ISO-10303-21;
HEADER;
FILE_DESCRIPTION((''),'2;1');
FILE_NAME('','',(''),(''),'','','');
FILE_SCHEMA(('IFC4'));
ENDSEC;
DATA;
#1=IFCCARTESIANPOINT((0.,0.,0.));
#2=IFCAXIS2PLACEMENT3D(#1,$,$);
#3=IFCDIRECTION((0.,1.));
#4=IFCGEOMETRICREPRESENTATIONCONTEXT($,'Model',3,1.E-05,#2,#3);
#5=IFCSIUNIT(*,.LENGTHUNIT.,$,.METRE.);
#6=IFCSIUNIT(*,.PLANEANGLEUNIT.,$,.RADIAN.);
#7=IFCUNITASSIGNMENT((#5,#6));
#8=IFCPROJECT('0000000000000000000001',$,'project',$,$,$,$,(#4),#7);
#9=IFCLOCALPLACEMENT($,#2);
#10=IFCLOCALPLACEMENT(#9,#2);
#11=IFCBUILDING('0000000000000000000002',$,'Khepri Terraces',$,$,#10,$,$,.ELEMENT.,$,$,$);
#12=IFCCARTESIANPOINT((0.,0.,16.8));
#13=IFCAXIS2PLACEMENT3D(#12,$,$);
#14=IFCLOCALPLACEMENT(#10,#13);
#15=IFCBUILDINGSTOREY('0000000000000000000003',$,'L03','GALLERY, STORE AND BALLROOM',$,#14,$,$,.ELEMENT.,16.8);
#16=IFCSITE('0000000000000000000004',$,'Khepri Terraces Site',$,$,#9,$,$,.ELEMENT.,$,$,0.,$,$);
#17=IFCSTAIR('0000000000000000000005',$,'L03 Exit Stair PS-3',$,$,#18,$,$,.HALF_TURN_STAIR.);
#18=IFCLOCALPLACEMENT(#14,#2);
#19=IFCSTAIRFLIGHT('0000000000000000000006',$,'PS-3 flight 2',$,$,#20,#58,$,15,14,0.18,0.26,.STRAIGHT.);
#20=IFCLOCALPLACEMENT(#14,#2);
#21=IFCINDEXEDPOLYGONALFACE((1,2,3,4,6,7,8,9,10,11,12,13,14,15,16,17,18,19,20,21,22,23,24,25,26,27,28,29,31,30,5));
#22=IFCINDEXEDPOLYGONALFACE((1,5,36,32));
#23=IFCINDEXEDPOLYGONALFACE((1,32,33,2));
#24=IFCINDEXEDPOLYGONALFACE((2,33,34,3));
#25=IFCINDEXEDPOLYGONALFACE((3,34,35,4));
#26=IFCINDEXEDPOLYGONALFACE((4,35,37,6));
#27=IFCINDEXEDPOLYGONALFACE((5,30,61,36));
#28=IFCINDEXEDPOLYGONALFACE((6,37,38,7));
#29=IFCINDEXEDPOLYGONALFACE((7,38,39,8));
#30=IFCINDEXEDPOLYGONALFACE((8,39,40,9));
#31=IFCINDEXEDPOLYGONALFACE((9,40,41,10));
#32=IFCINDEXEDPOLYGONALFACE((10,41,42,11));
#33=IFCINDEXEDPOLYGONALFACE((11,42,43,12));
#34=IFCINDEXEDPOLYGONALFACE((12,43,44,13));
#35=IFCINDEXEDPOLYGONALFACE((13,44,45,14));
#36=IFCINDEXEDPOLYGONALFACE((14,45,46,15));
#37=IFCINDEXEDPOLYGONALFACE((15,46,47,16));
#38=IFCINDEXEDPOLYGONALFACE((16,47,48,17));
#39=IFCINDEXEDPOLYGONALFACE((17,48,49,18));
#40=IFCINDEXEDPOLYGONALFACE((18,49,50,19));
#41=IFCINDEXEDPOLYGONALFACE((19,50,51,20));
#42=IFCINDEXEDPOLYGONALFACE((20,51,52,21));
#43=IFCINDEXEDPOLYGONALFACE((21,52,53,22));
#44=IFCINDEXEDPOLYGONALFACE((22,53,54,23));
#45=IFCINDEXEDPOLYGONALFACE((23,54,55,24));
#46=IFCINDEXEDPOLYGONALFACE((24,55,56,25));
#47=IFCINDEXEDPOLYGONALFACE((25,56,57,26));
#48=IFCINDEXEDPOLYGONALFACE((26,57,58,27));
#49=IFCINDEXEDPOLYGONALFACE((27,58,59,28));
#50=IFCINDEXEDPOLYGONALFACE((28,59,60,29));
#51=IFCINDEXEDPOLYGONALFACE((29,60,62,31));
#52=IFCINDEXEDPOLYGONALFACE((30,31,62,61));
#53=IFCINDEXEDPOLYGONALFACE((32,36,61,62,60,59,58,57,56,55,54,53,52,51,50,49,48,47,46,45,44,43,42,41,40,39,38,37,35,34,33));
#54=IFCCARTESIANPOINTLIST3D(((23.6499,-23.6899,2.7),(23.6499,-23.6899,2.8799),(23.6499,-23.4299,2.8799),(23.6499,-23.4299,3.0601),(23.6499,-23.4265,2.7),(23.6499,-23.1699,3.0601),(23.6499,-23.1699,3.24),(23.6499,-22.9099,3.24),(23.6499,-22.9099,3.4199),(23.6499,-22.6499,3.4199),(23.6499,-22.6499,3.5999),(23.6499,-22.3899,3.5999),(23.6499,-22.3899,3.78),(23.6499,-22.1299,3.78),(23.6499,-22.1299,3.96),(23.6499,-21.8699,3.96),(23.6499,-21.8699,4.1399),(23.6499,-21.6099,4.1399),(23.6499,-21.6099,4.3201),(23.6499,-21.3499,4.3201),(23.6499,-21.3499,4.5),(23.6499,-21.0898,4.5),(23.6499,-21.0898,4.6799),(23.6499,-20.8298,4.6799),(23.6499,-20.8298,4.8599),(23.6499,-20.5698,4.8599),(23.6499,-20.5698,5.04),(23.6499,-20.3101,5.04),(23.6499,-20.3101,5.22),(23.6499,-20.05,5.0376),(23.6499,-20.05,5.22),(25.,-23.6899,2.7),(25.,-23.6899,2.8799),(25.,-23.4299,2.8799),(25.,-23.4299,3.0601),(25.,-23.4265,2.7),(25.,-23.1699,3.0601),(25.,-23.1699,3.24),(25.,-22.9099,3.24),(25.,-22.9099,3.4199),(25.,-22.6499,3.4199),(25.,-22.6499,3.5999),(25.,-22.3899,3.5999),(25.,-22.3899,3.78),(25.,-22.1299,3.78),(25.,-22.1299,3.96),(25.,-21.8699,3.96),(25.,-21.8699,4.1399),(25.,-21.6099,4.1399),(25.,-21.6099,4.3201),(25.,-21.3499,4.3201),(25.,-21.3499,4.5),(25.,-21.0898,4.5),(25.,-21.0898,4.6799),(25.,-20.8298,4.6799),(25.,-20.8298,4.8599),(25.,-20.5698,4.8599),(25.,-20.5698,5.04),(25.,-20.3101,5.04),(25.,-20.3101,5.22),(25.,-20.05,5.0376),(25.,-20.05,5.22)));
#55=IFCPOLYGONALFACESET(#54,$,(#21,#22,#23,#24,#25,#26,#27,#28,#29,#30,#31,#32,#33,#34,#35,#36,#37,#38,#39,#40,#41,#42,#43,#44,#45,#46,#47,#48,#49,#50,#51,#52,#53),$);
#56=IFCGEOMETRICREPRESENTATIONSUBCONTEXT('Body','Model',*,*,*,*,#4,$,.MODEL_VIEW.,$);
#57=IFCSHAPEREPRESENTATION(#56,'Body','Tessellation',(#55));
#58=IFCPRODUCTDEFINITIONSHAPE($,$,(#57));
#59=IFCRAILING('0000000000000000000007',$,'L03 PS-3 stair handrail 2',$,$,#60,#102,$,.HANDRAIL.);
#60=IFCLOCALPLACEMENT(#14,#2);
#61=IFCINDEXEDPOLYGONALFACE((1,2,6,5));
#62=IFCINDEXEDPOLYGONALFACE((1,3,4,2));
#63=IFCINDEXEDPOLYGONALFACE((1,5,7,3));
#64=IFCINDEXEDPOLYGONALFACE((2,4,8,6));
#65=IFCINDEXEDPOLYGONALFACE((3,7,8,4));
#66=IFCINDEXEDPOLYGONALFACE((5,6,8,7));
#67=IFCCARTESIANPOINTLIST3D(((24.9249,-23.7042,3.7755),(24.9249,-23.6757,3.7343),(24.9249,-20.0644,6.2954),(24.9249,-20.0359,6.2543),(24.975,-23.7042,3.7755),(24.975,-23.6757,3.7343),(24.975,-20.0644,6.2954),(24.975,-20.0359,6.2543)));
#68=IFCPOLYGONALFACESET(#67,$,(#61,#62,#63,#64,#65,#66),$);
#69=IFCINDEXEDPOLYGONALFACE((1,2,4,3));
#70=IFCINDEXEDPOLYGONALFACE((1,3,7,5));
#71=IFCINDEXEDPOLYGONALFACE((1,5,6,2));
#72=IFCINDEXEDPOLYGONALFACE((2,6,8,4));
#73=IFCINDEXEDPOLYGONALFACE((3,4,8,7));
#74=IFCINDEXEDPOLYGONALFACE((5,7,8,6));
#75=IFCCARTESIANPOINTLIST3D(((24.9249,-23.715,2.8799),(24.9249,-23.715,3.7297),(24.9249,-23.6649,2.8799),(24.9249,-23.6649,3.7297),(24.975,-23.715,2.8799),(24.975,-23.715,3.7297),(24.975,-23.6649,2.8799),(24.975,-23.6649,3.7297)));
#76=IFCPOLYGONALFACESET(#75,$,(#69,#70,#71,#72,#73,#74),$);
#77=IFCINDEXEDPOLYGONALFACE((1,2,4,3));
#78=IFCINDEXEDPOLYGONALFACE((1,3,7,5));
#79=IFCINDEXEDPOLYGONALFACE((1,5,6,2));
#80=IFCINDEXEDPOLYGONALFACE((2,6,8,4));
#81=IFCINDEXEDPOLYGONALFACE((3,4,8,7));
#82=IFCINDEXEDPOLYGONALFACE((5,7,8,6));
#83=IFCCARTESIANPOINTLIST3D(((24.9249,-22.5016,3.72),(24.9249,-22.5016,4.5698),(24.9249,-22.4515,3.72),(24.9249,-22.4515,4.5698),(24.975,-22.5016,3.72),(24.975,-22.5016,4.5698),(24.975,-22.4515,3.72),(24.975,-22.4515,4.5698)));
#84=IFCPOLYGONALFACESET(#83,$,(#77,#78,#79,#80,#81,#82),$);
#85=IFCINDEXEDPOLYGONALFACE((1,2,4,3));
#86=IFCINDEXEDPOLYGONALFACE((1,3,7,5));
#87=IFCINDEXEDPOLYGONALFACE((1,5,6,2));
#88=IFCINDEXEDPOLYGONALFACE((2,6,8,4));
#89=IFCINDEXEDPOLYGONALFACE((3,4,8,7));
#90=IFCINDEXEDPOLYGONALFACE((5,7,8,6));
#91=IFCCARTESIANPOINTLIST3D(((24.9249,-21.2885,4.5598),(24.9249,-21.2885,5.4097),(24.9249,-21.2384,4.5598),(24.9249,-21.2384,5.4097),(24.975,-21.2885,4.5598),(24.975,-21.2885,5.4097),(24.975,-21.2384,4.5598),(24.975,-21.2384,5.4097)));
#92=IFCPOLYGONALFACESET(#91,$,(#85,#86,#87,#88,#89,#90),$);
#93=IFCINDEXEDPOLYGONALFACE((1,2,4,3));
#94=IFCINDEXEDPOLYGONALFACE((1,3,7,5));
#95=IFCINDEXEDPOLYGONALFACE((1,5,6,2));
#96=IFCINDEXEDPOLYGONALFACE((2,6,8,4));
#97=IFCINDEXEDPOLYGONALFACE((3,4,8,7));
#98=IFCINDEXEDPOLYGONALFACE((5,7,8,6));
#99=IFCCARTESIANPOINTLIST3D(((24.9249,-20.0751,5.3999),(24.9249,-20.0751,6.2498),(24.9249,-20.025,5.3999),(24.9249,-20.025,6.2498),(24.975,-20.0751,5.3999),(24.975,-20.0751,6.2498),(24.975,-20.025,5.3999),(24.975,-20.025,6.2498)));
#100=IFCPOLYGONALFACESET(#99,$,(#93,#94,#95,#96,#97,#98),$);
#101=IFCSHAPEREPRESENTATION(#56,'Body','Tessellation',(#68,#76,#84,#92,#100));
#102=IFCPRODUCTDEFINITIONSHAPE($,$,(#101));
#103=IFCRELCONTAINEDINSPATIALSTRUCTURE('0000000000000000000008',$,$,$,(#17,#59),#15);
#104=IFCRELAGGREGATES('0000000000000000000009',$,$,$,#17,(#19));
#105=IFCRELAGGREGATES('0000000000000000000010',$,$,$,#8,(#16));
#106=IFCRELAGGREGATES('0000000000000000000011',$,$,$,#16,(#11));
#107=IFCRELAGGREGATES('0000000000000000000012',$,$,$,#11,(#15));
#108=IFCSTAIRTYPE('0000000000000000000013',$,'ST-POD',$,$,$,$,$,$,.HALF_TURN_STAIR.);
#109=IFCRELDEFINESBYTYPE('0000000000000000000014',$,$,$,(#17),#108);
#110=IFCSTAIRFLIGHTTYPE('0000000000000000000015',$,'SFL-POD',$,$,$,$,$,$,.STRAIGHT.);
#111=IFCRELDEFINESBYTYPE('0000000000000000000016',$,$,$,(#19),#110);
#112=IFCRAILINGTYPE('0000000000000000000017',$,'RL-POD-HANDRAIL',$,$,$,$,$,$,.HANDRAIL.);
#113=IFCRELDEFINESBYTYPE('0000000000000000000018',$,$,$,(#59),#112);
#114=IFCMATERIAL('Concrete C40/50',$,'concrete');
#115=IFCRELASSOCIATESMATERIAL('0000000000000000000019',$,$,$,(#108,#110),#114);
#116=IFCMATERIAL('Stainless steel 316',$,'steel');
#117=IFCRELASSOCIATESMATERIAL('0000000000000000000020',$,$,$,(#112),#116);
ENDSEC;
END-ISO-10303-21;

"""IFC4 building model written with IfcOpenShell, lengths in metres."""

from ifc_helpers import new_model, si_unit, direction, frame, origin, origin_2d, place, context, subcontext, project, spatial, polyline, rectangle, outline, extrude, material, type_object, element, aggregate, save


model = new_model("IFC4")

# Units and contexts
model_context = context("Model", 3, precision=1e-05, world=origin(), true_north=direction((0.0, 1.0)))
body_context = subcontext(model_context, "Body", "Model", "MODEL_VIEW")
ifc_project = project(units=[si_unit("LENGTHUNIT", "METRE"), si_unit("PLANEANGLEUNIT", "RADIAN")], contexts=[model_context])

# Site, building, storey
site_placement = place(None, origin())
site = spatial("IfcSite", under=ifc_project, at=site_placement, Name="Khepri Terraces Site", CompositionType="ELEMENT", RefElevation=0.0)
building_placement = place(site_placement, origin())
building = spatial("IfcBuilding", under=site, at=building_placement, Name="Khepri Terraces", CompositionType="ELEMENT")
storey_placement = place(building_placement, frame((0.0, 0.0, 16.8)))
storey = spatial("IfcBuildingStorey", under=building, at=storey_placement, Name="L03", Description="GALLERY, STORE AND BALLROOM", CompositionType="ELEMENT", Elevation=16.8)

# Stair, stair flight
ifc_material_1 = material(Name="Concrete C40/50", Category="concrete")
stair_type = type_object("IfcStairType", Name="ST-POD", PredefinedType="HALF_TURN_STAIR", material=ifc_material_1)
stair_placement = place(storey_placement, origin())
stair = element("IfcStair", 1, at=stair_placement, inside=storey, type_object=stair_type, Name="L03 Exit Stair PS-3", PredefinedType="HALF_TURN_STAIR")
stair_flight_type = type_object("IfcStairFlightType", Name="SFL-POD", PredefinedType="STRAIGHT", material=ifc_material_1)
stair_flight_placement = place(storey_placement, frame((24.325, -23.6899, 2.7), z_axis=(0.0, 0.0, 1.0), x_axis=(0.0, 1.0, 0.0)))
stair_flight = element("IfcStairFlight", 2, at=stair_flight_placement, type_object=stair_flight_type, Name="PS-3 flight 2", NumberOfRisers=15, NumberOfTreads=14, PredefinedType="STRAIGHT", RiserHeight=0.18, TreadLength=0.26, context=body_context, shape_type="SweptSolid", body=[
    extrude(outline(polyline([(0.0, 0.0), (0.0, 0.1799), (0.26, 0.1799), (0.26, 0.3601), (0.52, 0.3601), (0.52, 0.54), (0.78, 0.54), (0.78, 0.72), (1.04, 0.72), (1.04, 0.8999), (1.3, 0.8999), (1.3, 1.0801), (1.5601, 1.0801), (1.5601, 1.26), (1.8201, 1.26), (1.8201, 1.4399), (2.0801, 1.4399), (2.0801, 1.6201), (2.3401, 1.6201), (2.3401, 1.8), (2.6001, 1.8), (2.6001, 1.98), (2.8601, 1.98), (2.8601, 2.1599), (3.1201, 2.1599), (3.1201, 2.3401), (3.3799, 2.3401), (3.3799, 2.52), (3.6399, 2.52), (3.6399, 2.7), (3.6399, 2.3376), (0.2634, 0.0), (0.0, 0.0)])), frame((0.0, 0.675, 0.0), z_axis=(0.0, -1.0, 0.0), x_axis=(1.0, 0.0, 0.0)), (0.0, 0.0, 1.0), 1.3501),
])
aggregate(stair, [stair_flight])

# Railing
ifc_material_2 = material(Name="Stainless steel 316", Category="steel")
railing_type = type_object("IfcRailingType", Name="RL-POD-HANDRAIL", PredefinedType="HANDRAIL", material=ifc_material_2)
railing_placement = place(storey_placement, frame((24.95, -23.6899, 2.8799)))
element("IfcRailing", 3, at=railing_placement, inside=storey, type_object=railing_type, Name="L03 PS-3 stair handrail 2", PredefinedType="HANDRAIL", context=body_context, shape_type="SweptSolid", body=[
    extrude(rectangle(XDim=0.05, YDim=0.05, at=origin_2d()), frame((0.0, 0.0, 0.875), z_axis=(0.0, 0.822182, 0.569224), x_axis=(-1.0, 0.0, 0.0)), (0.0, 0.0, 1.0), 4.427),
    extrude(rectangle(XDim=0.05, YDim=0.05, at=origin_2d()), origin(), (0.0, 0.0, 1.0), 0.8499),
    extrude(rectangle(XDim=0.05, YDim=0.05, at=origin_2d()), frame((0.0, 1.2134, 0.8401)), (0.0, 0.0, 1.0), 0.8499),
    extrude(rectangle(XDim=0.05, YDim=0.05, at=origin_2d()), frame((0.0, 2.4265, 1.6799)), (0.0, 0.0, 1.0), 0.8499),
    extrude(rectangle(XDim=0.05, YDim=0.05, at=origin_2d()), frame((0.0, 3.6399, 2.52)), (0.0, 0.0, 1.0), 0.8499),
])

save(model, "model.ifc")
